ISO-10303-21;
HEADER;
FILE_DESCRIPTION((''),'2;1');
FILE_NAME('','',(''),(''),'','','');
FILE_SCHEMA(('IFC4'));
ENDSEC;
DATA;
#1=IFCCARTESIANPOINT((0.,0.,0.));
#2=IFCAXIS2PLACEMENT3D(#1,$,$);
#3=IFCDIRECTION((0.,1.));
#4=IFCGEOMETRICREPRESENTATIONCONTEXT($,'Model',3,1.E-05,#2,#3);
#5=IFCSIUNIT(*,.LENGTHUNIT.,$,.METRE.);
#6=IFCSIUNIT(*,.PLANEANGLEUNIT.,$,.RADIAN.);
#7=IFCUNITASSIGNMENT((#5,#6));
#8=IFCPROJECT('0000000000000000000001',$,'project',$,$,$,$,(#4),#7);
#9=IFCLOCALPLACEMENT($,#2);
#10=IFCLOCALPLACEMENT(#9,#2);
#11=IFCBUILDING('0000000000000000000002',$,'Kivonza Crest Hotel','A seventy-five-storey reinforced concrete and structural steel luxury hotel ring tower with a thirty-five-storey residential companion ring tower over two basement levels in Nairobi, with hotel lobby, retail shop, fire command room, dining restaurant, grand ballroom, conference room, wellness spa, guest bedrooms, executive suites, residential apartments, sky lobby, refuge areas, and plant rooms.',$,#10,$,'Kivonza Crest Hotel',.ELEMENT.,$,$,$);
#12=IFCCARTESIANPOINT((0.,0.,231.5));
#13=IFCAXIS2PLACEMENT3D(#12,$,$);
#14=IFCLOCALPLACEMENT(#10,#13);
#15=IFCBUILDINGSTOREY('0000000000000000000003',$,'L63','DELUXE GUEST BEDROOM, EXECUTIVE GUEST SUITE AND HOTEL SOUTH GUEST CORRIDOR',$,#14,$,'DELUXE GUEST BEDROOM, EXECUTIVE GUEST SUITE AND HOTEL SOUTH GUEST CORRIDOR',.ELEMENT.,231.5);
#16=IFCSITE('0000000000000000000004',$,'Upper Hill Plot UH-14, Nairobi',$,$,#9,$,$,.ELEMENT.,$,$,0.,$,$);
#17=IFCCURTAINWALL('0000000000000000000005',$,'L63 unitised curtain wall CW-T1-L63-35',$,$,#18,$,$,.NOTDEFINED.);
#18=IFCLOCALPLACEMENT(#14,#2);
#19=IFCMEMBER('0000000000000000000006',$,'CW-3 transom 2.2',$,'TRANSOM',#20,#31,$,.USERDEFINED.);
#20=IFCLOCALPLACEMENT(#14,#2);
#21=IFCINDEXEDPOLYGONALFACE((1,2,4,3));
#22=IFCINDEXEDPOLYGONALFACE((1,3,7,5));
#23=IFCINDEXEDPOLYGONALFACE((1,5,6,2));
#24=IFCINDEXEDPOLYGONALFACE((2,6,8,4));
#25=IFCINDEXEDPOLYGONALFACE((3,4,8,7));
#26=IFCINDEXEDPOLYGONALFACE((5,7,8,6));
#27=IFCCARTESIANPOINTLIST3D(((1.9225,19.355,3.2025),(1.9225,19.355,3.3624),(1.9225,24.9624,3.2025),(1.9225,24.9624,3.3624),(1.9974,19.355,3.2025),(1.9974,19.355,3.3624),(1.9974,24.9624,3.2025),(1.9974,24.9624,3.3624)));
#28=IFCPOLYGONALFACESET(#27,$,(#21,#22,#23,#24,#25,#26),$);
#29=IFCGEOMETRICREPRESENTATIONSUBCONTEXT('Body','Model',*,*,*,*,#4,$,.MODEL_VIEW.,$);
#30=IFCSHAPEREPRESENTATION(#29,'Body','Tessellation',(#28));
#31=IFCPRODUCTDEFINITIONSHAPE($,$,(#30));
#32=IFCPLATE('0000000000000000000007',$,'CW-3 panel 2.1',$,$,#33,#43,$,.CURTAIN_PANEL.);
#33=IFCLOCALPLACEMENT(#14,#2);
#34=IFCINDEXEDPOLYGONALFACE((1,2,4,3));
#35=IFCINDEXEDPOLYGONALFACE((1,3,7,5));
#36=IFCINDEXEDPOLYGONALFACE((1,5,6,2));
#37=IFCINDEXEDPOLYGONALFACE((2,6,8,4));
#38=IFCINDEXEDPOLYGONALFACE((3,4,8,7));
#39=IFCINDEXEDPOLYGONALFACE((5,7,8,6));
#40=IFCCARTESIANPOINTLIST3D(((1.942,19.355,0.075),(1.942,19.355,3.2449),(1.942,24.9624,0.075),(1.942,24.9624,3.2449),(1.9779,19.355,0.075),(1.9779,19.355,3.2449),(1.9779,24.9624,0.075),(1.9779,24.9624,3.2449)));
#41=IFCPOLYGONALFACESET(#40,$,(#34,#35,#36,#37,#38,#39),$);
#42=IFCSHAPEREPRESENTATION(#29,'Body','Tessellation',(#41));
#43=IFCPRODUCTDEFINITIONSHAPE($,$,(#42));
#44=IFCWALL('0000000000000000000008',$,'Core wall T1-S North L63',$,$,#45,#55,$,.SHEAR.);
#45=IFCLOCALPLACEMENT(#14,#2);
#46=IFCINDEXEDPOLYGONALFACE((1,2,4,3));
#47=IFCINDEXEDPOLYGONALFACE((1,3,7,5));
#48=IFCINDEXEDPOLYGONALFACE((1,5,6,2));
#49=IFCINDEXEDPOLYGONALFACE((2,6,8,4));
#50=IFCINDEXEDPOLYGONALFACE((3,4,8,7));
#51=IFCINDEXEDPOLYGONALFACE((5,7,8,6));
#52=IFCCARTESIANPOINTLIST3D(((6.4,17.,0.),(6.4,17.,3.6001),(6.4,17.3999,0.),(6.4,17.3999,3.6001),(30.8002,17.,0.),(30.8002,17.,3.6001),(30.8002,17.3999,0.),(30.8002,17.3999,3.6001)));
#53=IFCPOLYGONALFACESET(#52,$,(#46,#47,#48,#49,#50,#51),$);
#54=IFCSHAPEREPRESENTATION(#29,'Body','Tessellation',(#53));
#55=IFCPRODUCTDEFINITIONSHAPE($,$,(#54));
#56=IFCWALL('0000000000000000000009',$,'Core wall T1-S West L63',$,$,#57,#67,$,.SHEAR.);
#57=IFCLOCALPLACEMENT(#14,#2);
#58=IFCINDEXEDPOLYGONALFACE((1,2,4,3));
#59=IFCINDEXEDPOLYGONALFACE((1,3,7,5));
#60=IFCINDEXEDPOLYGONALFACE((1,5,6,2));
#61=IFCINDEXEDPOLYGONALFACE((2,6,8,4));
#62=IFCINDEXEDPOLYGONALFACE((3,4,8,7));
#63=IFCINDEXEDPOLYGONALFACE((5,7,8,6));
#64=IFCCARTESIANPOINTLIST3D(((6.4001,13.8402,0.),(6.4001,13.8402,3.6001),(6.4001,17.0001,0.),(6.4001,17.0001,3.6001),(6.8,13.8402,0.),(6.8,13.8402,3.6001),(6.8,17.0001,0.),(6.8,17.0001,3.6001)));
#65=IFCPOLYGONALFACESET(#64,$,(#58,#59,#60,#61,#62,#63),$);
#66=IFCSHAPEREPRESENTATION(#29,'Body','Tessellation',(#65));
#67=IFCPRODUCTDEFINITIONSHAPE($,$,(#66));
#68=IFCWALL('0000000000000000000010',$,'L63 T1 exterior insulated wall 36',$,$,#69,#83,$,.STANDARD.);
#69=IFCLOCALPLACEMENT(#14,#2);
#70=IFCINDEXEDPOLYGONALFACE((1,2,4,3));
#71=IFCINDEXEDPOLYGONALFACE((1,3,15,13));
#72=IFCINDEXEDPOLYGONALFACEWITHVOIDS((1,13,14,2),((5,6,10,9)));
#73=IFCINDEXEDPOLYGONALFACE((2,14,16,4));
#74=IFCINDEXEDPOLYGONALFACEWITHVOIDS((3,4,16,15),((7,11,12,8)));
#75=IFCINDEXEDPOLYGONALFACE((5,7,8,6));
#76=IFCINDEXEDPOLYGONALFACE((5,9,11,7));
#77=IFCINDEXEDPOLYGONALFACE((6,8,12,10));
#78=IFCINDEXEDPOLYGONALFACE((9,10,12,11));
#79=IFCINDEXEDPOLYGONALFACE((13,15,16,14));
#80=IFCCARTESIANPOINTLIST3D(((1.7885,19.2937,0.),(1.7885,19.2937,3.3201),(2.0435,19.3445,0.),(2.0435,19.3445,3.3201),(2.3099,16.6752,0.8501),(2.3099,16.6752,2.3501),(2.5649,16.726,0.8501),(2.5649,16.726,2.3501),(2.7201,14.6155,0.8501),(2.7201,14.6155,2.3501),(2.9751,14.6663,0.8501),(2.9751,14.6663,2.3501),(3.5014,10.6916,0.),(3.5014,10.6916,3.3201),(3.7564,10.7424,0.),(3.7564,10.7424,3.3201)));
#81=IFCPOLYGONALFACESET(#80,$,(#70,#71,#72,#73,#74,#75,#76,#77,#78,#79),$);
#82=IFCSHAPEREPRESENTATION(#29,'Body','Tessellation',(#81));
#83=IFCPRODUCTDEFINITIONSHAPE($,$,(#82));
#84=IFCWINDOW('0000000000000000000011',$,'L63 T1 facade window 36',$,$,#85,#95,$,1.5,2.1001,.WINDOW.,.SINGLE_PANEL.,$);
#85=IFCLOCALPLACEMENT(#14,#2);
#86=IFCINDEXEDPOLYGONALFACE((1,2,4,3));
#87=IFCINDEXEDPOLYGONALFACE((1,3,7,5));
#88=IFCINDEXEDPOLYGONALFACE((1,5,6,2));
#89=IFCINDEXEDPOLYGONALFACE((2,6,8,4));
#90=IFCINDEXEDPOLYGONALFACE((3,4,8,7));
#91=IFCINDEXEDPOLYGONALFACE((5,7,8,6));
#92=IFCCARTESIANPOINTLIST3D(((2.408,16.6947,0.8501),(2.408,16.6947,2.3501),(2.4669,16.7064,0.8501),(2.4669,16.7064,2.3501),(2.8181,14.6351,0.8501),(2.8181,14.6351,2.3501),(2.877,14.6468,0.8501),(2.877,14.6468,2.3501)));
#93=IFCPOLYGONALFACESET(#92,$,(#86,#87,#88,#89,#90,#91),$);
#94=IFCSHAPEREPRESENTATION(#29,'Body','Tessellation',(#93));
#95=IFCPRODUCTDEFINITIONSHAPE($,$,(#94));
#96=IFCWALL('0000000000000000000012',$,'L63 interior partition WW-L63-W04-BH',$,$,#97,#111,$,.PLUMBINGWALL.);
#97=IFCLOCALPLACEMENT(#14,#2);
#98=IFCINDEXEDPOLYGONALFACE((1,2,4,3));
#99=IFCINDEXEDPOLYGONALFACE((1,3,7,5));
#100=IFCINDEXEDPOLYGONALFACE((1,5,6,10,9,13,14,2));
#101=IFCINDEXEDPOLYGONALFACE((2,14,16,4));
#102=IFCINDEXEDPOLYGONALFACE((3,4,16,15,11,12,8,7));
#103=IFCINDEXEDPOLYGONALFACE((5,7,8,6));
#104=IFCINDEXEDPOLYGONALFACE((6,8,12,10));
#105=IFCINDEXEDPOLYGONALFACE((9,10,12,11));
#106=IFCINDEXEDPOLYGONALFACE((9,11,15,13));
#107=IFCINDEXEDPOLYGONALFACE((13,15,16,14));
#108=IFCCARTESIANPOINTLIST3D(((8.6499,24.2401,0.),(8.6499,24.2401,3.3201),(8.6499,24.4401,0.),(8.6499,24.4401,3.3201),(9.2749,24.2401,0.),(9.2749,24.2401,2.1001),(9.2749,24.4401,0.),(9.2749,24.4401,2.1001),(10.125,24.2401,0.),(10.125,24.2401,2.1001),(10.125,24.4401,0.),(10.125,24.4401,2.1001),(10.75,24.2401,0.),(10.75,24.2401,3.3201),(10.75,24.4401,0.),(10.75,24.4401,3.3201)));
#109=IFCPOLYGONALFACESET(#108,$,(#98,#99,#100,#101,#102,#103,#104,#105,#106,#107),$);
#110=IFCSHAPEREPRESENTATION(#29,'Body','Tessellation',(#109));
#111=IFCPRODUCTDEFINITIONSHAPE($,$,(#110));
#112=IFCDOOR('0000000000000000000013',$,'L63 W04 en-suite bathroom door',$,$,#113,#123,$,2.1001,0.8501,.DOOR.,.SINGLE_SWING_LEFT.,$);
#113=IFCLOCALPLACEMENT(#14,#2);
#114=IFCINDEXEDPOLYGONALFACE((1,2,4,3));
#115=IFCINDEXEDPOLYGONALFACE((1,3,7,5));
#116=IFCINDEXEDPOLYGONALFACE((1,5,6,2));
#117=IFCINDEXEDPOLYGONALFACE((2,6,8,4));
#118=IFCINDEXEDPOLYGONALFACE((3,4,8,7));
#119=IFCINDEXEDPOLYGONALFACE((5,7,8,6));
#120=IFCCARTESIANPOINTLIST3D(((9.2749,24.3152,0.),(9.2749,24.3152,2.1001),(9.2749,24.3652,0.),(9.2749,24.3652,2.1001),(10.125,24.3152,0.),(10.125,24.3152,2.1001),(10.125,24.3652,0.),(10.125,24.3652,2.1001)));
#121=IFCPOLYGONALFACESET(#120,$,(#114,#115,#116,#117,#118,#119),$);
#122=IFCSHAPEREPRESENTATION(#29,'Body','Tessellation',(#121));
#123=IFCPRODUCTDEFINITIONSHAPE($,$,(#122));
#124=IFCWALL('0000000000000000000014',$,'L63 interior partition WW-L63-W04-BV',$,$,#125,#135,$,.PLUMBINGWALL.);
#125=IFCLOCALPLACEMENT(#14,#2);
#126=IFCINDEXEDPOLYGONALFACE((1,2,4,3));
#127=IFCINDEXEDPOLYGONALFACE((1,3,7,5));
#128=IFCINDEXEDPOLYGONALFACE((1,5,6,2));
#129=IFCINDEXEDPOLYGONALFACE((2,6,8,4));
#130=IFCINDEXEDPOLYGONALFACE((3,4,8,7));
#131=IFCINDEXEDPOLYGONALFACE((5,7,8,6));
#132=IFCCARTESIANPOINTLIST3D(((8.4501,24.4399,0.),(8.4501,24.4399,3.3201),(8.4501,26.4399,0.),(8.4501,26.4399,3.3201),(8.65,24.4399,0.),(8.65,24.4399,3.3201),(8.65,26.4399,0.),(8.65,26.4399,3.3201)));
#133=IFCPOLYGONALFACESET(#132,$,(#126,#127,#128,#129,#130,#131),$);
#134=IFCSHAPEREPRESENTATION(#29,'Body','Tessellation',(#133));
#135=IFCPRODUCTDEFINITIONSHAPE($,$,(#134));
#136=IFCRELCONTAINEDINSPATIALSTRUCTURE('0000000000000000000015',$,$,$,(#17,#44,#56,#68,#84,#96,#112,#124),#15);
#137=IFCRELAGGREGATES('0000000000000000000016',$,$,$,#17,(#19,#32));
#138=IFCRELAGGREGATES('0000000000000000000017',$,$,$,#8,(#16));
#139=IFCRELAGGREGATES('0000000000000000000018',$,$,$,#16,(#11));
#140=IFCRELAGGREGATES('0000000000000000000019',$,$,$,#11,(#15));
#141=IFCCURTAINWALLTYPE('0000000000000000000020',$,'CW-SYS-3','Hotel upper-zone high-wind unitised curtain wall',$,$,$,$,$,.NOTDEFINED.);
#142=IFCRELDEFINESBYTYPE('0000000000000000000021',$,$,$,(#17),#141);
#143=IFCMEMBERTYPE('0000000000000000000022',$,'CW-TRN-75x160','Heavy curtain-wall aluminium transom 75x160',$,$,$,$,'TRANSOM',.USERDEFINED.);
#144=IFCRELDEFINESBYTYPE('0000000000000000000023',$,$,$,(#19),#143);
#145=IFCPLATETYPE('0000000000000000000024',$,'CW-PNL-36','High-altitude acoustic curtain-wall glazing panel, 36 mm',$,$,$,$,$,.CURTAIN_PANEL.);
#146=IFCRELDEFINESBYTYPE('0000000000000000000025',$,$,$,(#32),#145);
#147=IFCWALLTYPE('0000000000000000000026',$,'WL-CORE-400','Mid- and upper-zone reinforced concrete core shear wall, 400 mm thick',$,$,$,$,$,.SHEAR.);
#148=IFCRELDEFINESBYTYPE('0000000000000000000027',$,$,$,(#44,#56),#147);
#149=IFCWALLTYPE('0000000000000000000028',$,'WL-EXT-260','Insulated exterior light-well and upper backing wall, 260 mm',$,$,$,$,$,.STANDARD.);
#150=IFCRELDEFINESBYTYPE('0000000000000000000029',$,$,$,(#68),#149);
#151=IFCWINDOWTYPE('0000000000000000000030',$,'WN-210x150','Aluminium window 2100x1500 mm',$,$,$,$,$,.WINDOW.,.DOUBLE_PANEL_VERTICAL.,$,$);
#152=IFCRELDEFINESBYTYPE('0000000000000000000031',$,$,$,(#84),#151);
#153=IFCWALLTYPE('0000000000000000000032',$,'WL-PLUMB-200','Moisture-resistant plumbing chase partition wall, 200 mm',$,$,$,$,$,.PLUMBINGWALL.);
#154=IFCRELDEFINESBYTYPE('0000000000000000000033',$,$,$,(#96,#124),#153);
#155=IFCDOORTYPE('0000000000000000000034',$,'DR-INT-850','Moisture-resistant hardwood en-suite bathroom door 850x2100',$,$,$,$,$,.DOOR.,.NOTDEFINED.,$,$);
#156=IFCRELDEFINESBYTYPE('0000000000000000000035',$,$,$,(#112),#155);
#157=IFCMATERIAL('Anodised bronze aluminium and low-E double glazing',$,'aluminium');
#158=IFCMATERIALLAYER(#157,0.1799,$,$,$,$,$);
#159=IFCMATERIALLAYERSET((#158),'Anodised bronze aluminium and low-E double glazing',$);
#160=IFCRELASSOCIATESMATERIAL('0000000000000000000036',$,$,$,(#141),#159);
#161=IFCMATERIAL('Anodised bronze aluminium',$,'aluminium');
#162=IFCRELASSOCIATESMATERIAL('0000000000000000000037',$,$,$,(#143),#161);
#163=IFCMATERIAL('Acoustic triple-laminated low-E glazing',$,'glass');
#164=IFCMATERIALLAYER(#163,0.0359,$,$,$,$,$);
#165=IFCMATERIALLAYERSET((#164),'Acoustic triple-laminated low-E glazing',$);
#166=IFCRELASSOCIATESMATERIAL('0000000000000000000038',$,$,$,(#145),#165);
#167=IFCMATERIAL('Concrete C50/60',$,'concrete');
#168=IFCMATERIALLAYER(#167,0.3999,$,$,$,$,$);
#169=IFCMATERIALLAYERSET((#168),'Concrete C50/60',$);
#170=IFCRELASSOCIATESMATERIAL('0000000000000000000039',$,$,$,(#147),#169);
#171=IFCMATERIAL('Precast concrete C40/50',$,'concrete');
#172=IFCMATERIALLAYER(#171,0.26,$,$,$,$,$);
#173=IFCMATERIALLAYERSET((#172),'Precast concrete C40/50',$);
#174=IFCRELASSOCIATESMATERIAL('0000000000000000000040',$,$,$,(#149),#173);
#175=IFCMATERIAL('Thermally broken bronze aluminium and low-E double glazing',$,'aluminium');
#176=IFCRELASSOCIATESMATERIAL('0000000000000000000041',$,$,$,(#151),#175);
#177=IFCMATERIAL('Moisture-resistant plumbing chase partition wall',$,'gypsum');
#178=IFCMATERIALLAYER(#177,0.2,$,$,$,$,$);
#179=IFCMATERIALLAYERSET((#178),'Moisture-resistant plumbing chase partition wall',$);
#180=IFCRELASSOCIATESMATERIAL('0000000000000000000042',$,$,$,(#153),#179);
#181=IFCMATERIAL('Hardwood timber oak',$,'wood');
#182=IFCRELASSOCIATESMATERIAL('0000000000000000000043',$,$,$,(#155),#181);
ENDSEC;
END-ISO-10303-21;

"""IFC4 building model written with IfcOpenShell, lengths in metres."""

from ifc_helpers import new_model, si_unit, direction, frame, frame_2d, origin, origin_2d, place, context, subcontext, project, spatial, rectangle, extrude, material, layer, layer_set, material_profile, profile_set, type_object, element, fill, aggregate, save


model = new_model("IFC4")

# Units and contexts
model_context = context("Model", 3, precision=1e-05, world=origin(), true_north=direction((0.0, 1.0)))
body_context = subcontext(model_context, "Body", "Model", "MODEL_VIEW")
ifc_project = project(units=[si_unit("LENGTHUNIT", "METRE"), si_unit("PLANEANGLEUNIT", "RADIAN")], contexts=[model_context])

# Site, building, storey
site_placement = place(None, origin())
site = spatial("IfcSite", under=ifc_project, at=site_placement, Name="Upper Hill Plot UH-14, Nairobi", CompositionType="ELEMENT", RefElevation=0.0)
building_placement = place(site_placement, origin())
building = spatial("IfcBuilding", under=site, at=building_placement, Name="Kivonza Crest Hotel", Description="A seventy-five-storey reinforced concrete and structural steel luxury hotel ring tower with a thirty-five-storey residential companion ring tower over two basement levels in Nairobi, with hotel lobby, retail shop, fire command room, dining restaurant, grand ballroom, conference room, wellness spa, guest bedrooms, executive suites, residential apartments, sky lobby, refuge areas, and plant rooms.", LongName="Kivonza Crest Hotel", CompositionType="ELEMENT")
storey_placement = place(building_placement, frame((0.0, 0.0, 231.5)))
storey = spatial("IfcBuildingStorey", under=building, at=storey_placement, Name="L63", Description="DELUXE GUEST BEDROOM, EXECUTIVE GUEST SUITE AND HOTEL SOUTH GUEST CORRIDOR", LongName="DELUXE GUEST BEDROOM, EXECUTIVE GUEST SUITE AND HOTEL SOUTH GUEST CORRIDOR", CompositionType="ELEMENT", Elevation=231.5)

# Shared definitions
ifc_material_1 = material(Name="Concrete C50/60", Category="concrete")

# Curtain wall, member, plate
ifc_material_2 = material(Name="Anodised bronze aluminium and low-E double glazing", Category="aluminium")
ifc_layer_1 = layer(ifc_material_2, 0.1799)
ifc_layer_set_1 = layer_set([ifc_layer_1], Name="Anodised bronze aluminium and low-E double glazing")
curtain_wall_type = type_object("IfcCurtainWallType", Name="CW-SYS-3", Description="Hotel upper-zone high-wind unitised curtain wall", PredefinedType="NOTDEFINED", material=ifc_layer_set_1)
curtain_wall_placement = place(storey_placement, origin())
curtain_wall = element("IfcCurtainWall", 1, at=curtain_wall_placement, inside=storey, type_object=curtain_wall_type, Name="L63 unitised curtain wall CW-T1-L63-35", PredefinedType="NOTDEFINED")
ifc_material_3 = material(Name="Anodised bronze aluminium", Category="aluminium")
ifc_material_profile_1 = material_profile(ifc_material_3, rectangle(XDim=0.075, YDim=0.1599, at=origin_2d()), Name="CW-T 75x160")
ifc_profile_set_1 = profile_set([ifc_material_profile_1], Name="Anodised bronze aluminium")
member_type_1 = type_object("IfcMemberType", Name="CW-TRN-75x160", Description="Heavy curtain-wall aluminium transom 75x160", ElementType="TRANSOM", PredefinedType="USERDEFINED", material=ifc_profile_set_1)
member_1_placement = place(storey_placement, frame((1.96, 24.9624, 3.2825), z_axis=(0.0, -1.0, 0.0), x_axis=(1.0, 0.0, 0.0)))
member_1 = element("IfcMember", 2, at=member_1_placement, type_object=member_type_1, Name="CW-3 transom 2.2", ObjectType="TRANSOM", PredefinedType="USERDEFINED", context=body_context, shape_type="SweptSolid", body=[
    extrude(rectangle(XDim=0.075, YDim=0.1599, at=origin_2d()), origin(), (0.0, 0.0, 1.0), 5.6074),
])
ifc_material_4 = material(Name="Acoustic triple-laminated low-E glazing", Category="glass")
ifc_layer_2 = layer(ifc_material_4, 0.0359)
ifc_layer_set_2 = layer_set([ifc_layer_2], Name="Acoustic triple-laminated low-E glazing")
plate_type = type_object("IfcPlateType", Name="CW-PNL-36", Description="High-altitude acoustic curtain-wall glazing panel, 36 mm", PredefinedType="CURTAIN_PANEL", material=ifc_layer_set_2)
plate_placement = place(storey_placement, frame((1.96, 22.1587, 0.075), z_axis=(0.0, 0.0, 1.0), x_axis=(0.0, -1.0, 0.0)))
plate = element("IfcPlate", 3, at=plate_placement, type_object=plate_type, Name="CW-3 panel 2.1", PredefinedType="CURTAIN_PANEL", context=body_context, shape_type="SweptSolid", body=[
    extrude(rectangle(XDim=5.6074, YDim=0.0359, at=origin_2d()), origin(), (0.0, 0.0, 1.0), 3.1699),
])
aggregate(curtain_wall, [member_1, plate])

# Walls
ifc_layer_3 = layer(ifc_material_1, 0.3999)
ifc_layer_set_3 = layer_set([ifc_layer_3], Name="Concrete C50/60")
wall_type_1 = type_object("IfcWallType", Name="WL-CORE-400", Description="Mid- and upper-zone reinforced concrete core shear wall, 400 mm thick", PredefinedType="SHEAR", material=ifc_layer_set_3)
wall_1_placement = place(storey_placement, frame((6.3999, 17.2, 0.0), z_axis=(0.0, 0.0, 1.0), x_axis=(1.0, 0.0, 0.0)))
element("IfcWall", 4, at=wall_1_placement, inside=storey, type_object=wall_type_1, Name="Core wall T1-S North L63", PredefinedType="SHEAR", context=body_context, shape_type="SweptSolid", body=[
    extrude(rectangle(XDim=24.4001, YDim=0.3999, at=frame_2d((12.2002, 0.0))), origin(), (0.0, 0.0, 1.0), 3.6001),
])
wall_2_placement = place(storey_placement, frame((6.6001, 13.8401, 0.0), z_axis=(0.0, 0.0, 1.0), x_axis=(0.0, 1.0, 0.0)))
element("IfcWall", 5, at=wall_2_placement, inside=storey, type_object=wall_type_1, Name="Core wall T1-S West L63", PredefinedType="SHEAR", context=body_context, shape_type="SweptSolid", body=[
    extrude(rectangle(XDim=3.1599, YDim=0.3999, at=frame_2d((1.5801, 0.0))), origin(), (0.0, 0.0, 1.0), 3.6001),
])

# Wall, opening, window
ifc_material_5 = material(Name="Precast concrete C40/50", Category="concrete")
ifc_layer_4 = layer(ifc_material_5, 0.26)
ifc_layer_set_4 = layer_set([ifc_layer_4], Name="Precast concrete C40/50")
wall_type_2 = type_object("IfcWallType", Name="WL-EXT-260", Description="Insulated exterior light-well and upper backing wall, 260 mm", PredefinedType="STANDARD", material=ifc_layer_set_4)
wall_3_placement = place(storey_placement, frame((1.916, 19.3191, 0.0), z_axis=(0.0, 0.0, 1.0), x_axis=(0.195292, -0.980745, 0.0)))
wall_3 = element("IfcWall", 6, at=wall_3_placement, inside=storey, type_object=wall_type_2, Name="L63 T1 exterior insulated wall 36", PredefinedType="STANDARD", context=body_context, shape_type="SweptSolid", body=[
    extrude(rectangle(XDim=8.771, YDim=0.26, at=frame_2d((4.3855, 0.0))), origin(), (0.0, 0.0, 1.0), 3.3201),
])
opening_1_placement = place(wall_3_placement, frame((2.6699, 0.0, 0.8501)))
opening_1 = element("IfcOpeningElement", 7, at=opening_1_placement, cuts=wall_3, PredefinedType="OPENING", context=body_context, shape_type="SweptSolid", body=[
    extrude(rectangle(XDim=2.1001, YDim=1.5, at=frame_2d((1.05, 0.75))), frame((0.0, 0.1401, 0.0), z_axis=(0.0, -1.0, 0.0), x_axis=(1.0, 0.0, 0.0)), (0.0, 0.0, 1.0), 0.28),
])
ifc_material_6 = material(Name="Thermally broken bronze aluminium and low-E double glazing", Category="aluminium")
window_type = type_object("IfcWindowType", Name="WN-210x150", Description="Aluminium window 2100x1500 mm", PartitioningType="DOUBLE_PANEL_VERTICAL", PredefinedType="WINDOW", material=ifc_material_6)
window_placement = place(opening_1_placement, origin())
window = element("IfcWindow", 8, at=window_placement, inside=storey, type_object=window_type, Name="L63 T1 facade window 36", OverallHeight=1.5, OverallWidth=2.1001, PartitioningType="SINGLE_PANEL", PredefinedType="WINDOW", context=body_context, shape_type="SweptSolid", body=[
    extrude(rectangle(XDim=2.1001, YDim=1.5, at=frame_2d((1.05, 0.75))), frame((0.0, 0.03, 0.0), z_axis=(0.0, -1.0, 0.0), x_axis=(1.0, 0.0, 0.0)), (0.0, 0.0, 1.0), 0.0601),
])
fill(opening_1, window)

# Wall, opening, door
ifc_material_7 = material(Name="Moisture-resistant plumbing chase partition wall", Category="gypsum")
ifc_layer_5 = layer(ifc_material_7, 0.2)
ifc_layer_set_5 = layer_set([ifc_layer_5], Name="Moisture-resistant plumbing chase partition wall")
wall_type_3 = type_object("IfcWallType", Name="WL-PLUMB-200", Description="Moisture-resistant plumbing chase partition wall, 200 mm", PredefinedType="PLUMBINGWALL", material=ifc_layer_set_5)
wall_4_placement = place(storey_placement, frame((8.6499, 24.3401, 0.0), z_axis=(0.0, 0.0, 1.0), x_axis=(1.0, 0.0, 0.0)))
wall_4 = element("IfcWall", 9, at=wall_4_placement, inside=storey, type_object=wall_type_3, Name="L63 interior partition WW-L63-W04-BH", PredefinedType="PLUMBINGWALL", context=body_context, shape_type="SweptSolid", body=[
    extrude(rectangle(XDim=2.1001, YDim=0.2, at=frame_2d((1.05, 0.0))), origin(), (0.0, 0.0, 1.0), 3.3201),
])
opening_2_placement = place(wall_4_placement, frame((0.625, 0.0, 0.0)))
opening_2 = element("IfcOpeningElement", 10, at=opening_2_placement, cuts=wall_4, PredefinedType="OPENING", context=body_context, shape_type="SweptSolid", body=[
    extrude(rectangle(XDim=0.8501, YDim=2.1001, at=frame_2d((0.425, 1.05))), frame((0.0, 0.1099, 0.0), z_axis=(0.0, -1.0, 0.0), x_axis=(1.0, 0.0, 0.0)), (0.0, 0.0, 1.0), 0.22),
])
ifc_material_8 = material(Name="Hardwood timber oak", Category="wood")
door_type = type_object("IfcDoorType", Name="DR-INT-850", Description="Moisture-resistant hardwood en-suite bathroom door 850x2100", OperationType="NOTDEFINED", PredefinedType="DOOR", material=ifc_material_8)
door_placement = place(opening_2_placement, frame((0.8501, 0.0, 0.0), z_axis=(0.0, 0.0, 1.0), x_axis=(-1.0, 0.0, 0.0)))
door = element("IfcDoor", 11, at=door_placement, inside=storey, type_object=door_type, Name="L63 W04 en-suite bathroom door", OperationType="SINGLE_SWING_LEFT", OverallHeight=2.1001, OverallWidth=0.8501, PredefinedType="DOOR", context=body_context, shape_type="SweptSolid", body=[
    extrude(rectangle(XDim=0.8501, YDim=2.1001, at=frame_2d((0.425, 1.05))), frame((0.0, 0.0249, 0.0), z_axis=(0.0, -1.0, 0.0), x_axis=(1.0, 0.0, 0.0)), (0.0, 0.0, 1.0), 0.05),
])
fill(opening_2, door)

# Wall
wall_5_placement = place(storey_placement, frame((8.55, 24.4399, 0.0), z_axis=(0.0, 0.0, 1.0), x_axis=(0.0, 1.0, 0.0)))
element("IfcWall", 12, at=wall_5_placement, inside=storey, type_object=wall_type_3, Name="L63 interior partition WW-L63-W04-BV", PredefinedType="PLUMBINGWALL", context=body_context, shape_type="SweptSolid", body=[
    extrude(rectangle(XDim=2.0, YDim=0.2, at=frame_2d((1.0, 0.0))), origin(), (0.0, 0.0, 1.0), 3.3201),
])

save(model, "model.ifc")
